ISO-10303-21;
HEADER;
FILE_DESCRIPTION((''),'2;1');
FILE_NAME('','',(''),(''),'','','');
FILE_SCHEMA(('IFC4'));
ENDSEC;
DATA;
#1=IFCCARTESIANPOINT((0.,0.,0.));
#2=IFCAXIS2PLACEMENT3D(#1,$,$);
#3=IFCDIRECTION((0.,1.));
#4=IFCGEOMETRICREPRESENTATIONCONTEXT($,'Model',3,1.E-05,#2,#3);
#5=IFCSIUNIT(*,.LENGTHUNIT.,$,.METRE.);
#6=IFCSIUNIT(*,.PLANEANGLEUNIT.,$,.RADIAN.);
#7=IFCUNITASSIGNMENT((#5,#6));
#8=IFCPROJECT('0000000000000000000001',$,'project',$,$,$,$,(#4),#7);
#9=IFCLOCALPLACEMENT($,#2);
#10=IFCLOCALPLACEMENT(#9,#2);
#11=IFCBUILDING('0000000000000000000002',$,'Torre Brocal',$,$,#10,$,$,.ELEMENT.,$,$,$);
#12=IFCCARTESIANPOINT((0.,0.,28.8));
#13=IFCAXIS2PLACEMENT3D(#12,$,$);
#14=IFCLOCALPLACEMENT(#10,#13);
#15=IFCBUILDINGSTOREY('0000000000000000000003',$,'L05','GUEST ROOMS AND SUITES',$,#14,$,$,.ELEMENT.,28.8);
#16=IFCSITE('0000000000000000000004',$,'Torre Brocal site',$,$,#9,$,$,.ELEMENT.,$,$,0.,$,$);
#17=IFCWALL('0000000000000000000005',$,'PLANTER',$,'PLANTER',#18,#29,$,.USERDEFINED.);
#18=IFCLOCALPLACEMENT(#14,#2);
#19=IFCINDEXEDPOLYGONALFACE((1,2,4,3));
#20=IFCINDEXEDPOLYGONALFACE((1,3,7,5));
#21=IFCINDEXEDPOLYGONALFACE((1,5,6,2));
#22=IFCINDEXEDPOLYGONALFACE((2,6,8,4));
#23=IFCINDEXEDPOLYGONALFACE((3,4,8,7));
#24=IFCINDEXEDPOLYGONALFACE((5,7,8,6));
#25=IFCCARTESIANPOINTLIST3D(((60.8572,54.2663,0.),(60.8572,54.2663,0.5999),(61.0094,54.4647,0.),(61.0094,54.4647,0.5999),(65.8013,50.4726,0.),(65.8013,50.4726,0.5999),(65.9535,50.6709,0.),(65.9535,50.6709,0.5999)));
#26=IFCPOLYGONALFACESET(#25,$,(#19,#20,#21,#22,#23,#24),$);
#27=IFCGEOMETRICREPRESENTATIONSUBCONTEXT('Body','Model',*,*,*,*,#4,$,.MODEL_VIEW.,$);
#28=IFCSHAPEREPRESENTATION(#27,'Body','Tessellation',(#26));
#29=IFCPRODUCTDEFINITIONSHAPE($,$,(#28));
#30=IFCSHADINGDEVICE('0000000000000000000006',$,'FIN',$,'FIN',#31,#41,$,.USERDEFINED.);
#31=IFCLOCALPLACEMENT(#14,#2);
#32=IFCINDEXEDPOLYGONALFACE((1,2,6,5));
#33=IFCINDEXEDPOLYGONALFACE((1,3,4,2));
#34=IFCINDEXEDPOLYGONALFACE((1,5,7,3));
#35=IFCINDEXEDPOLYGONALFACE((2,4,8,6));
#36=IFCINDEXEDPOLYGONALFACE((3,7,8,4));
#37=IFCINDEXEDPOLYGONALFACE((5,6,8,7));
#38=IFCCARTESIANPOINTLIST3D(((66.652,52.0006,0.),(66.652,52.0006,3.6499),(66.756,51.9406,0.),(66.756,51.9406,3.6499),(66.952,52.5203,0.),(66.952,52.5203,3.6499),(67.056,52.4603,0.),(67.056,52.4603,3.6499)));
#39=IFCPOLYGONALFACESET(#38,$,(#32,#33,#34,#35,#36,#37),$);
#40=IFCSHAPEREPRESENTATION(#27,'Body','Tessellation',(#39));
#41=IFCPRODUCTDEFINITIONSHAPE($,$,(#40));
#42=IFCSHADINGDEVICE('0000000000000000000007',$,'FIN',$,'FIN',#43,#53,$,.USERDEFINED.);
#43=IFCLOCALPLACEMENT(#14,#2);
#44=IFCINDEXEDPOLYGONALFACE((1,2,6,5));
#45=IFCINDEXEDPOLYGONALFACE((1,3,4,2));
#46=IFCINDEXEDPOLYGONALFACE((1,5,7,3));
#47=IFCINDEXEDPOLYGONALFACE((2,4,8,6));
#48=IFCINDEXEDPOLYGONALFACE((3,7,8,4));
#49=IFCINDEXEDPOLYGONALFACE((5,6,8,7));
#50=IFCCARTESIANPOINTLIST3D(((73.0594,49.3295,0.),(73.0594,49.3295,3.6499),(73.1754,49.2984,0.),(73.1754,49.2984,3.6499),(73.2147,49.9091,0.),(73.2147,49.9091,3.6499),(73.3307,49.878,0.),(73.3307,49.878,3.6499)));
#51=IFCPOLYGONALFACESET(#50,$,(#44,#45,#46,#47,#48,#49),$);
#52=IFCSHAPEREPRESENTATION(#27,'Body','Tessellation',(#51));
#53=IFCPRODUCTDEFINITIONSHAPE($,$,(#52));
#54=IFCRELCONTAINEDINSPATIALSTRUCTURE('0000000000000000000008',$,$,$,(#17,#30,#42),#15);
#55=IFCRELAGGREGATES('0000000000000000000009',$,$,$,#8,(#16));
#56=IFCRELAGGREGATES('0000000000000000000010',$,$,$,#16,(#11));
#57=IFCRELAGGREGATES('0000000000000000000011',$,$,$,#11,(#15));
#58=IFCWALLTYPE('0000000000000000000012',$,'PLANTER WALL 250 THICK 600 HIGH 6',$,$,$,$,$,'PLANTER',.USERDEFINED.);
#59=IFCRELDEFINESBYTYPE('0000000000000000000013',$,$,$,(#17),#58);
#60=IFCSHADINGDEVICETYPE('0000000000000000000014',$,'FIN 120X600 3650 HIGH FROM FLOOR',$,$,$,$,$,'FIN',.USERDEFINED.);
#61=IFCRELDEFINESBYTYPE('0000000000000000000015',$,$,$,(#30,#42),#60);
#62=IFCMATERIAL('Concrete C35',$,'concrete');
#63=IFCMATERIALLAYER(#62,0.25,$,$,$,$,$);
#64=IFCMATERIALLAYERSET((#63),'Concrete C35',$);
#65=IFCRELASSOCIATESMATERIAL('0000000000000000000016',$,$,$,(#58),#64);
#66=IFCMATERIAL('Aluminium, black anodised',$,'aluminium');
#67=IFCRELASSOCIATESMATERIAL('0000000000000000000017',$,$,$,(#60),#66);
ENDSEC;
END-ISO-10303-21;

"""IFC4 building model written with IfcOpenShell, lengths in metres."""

from ifc_helpers import new_model, si_unit, direction, frame, frame_2d, origin, origin_2d, place, context, subcontext, project, spatial, rectangle, extrude, material, layer, layer_set, material_profile, profile_set, type_object, element, save


model = new_model("IFC4")

# Units and contexts
model_context = context("Model", 3, precision=1e-05, world=origin(), true_north=direction((0.0, 1.0)))
body_context = subcontext(model_context, "Body", "Model", "MODEL_VIEW")
ifc_project = project(units=[si_unit("LENGTHUNIT", "METRE"), si_unit("PLANEANGLEUNIT", "RADIAN")], contexts=[model_context])

# Site, building, storey
site_placement = place(None, origin())
site = spatial("IfcSite", under=ifc_project, at=site_placement, Name="Torre Brocal site", CompositionType="ELEMENT", RefElevation=0.0)
building_placement = place(site_placement, origin())
building = spatial("IfcBuilding", under=site, at=building_placement, Name="Torre Brocal", CompositionType="ELEMENT")
storey_placement = place(building_placement, frame((0.0, 0.0, 28.8)))
storey = spatial("IfcBuildingStorey", under=building, at=storey_placement, Name="L05", Description="GUEST ROOMS AND SUITES", CompositionType="ELEMENT", Elevation=28.8)

# Wall
ifc_material_1 = material(Name="Concrete C35", Category="concrete")
ifc_layer_1 = layer(ifc_material_1, 0.25)
ifc_layer_set_1 = layer_set([ifc_layer_1], Name="Concrete C35")
wall_type_1 = type_object("IfcWallType", Name="PLANTER WALL 250 THICK 600 HIGH 6", ElementType="PLANTER", PredefinedType="USERDEFINED", material=ifc_layer_set_1)
wall_1_placement = place(storey_placement, frame((65.8774, 50.5718, 0.0), z_axis=(0.0, 0.0, 1.0), x_axis=(-0.793356, 0.608758, 0.0)))
element("IfcWall", 1, at=wall_1_placement, inside=storey, type_object=wall_type_1, Name="PLANTER", ObjectType="PLANTER", PredefinedType="USERDEFINED", context=body_context, shape_type="SweptSolid", body=[
    extrude(rectangle(XDim=6.2319, YDim=0.25, at=frame_2d((3.116, 0.0))), origin(), (0.0, 0.0, 1.0), 0.5999),
])

# Shading devices
ifc_material_2 = material(Name="Aluminium, black anodised", Category="aluminium")
ifc_material_profile_1 = material_profile(ifc_material_2, rectangle(XDim=0.1201, YDim=0.6001, at=origin_2d()), Name="FIN 120X600 3650 HIGH FROM FLOOR")
ifc_profile_set_1 = profile_set([ifc_material_profile_1], Name="Aluminium, black anodised")
shading_device_type = type_object("IfcShadingDeviceType", Name="FIN 120X600 3650 HIGH FROM FLOOR", ElementType="FIN", PredefinedType="USERDEFINED", material=ifc_profile_set_1)
for number, where, z_axis, x_axis, name in (
    (2, (66.854, 52.2305, 0.0), (0.0, 0.0, 1.0), (0.866025, -0.5, 0.0), "FIN"),
    (3, (73.1951, 49.6038, 0.0), (0.0, 0.0, 1.0), (0.965926, -0.258819, 0.0), "FIN"),
):
    element("IfcShadingDevice", number, at=place(storey_placement, frame(where, z_axis=z_axis, x_axis=x_axis)), inside=storey, type_object=shading_device_type, Name=name, ObjectType="FIN", PredefinedType="USERDEFINED", context=body_context, shape_type="SweptSolid", body=[
        extrude(rectangle(XDim=0.1201, YDim=0.6001, at=origin_2d()), origin(), (0.0, 0.0, 1.0), 3.6499),
    ])

save(model, "model.ifc")
